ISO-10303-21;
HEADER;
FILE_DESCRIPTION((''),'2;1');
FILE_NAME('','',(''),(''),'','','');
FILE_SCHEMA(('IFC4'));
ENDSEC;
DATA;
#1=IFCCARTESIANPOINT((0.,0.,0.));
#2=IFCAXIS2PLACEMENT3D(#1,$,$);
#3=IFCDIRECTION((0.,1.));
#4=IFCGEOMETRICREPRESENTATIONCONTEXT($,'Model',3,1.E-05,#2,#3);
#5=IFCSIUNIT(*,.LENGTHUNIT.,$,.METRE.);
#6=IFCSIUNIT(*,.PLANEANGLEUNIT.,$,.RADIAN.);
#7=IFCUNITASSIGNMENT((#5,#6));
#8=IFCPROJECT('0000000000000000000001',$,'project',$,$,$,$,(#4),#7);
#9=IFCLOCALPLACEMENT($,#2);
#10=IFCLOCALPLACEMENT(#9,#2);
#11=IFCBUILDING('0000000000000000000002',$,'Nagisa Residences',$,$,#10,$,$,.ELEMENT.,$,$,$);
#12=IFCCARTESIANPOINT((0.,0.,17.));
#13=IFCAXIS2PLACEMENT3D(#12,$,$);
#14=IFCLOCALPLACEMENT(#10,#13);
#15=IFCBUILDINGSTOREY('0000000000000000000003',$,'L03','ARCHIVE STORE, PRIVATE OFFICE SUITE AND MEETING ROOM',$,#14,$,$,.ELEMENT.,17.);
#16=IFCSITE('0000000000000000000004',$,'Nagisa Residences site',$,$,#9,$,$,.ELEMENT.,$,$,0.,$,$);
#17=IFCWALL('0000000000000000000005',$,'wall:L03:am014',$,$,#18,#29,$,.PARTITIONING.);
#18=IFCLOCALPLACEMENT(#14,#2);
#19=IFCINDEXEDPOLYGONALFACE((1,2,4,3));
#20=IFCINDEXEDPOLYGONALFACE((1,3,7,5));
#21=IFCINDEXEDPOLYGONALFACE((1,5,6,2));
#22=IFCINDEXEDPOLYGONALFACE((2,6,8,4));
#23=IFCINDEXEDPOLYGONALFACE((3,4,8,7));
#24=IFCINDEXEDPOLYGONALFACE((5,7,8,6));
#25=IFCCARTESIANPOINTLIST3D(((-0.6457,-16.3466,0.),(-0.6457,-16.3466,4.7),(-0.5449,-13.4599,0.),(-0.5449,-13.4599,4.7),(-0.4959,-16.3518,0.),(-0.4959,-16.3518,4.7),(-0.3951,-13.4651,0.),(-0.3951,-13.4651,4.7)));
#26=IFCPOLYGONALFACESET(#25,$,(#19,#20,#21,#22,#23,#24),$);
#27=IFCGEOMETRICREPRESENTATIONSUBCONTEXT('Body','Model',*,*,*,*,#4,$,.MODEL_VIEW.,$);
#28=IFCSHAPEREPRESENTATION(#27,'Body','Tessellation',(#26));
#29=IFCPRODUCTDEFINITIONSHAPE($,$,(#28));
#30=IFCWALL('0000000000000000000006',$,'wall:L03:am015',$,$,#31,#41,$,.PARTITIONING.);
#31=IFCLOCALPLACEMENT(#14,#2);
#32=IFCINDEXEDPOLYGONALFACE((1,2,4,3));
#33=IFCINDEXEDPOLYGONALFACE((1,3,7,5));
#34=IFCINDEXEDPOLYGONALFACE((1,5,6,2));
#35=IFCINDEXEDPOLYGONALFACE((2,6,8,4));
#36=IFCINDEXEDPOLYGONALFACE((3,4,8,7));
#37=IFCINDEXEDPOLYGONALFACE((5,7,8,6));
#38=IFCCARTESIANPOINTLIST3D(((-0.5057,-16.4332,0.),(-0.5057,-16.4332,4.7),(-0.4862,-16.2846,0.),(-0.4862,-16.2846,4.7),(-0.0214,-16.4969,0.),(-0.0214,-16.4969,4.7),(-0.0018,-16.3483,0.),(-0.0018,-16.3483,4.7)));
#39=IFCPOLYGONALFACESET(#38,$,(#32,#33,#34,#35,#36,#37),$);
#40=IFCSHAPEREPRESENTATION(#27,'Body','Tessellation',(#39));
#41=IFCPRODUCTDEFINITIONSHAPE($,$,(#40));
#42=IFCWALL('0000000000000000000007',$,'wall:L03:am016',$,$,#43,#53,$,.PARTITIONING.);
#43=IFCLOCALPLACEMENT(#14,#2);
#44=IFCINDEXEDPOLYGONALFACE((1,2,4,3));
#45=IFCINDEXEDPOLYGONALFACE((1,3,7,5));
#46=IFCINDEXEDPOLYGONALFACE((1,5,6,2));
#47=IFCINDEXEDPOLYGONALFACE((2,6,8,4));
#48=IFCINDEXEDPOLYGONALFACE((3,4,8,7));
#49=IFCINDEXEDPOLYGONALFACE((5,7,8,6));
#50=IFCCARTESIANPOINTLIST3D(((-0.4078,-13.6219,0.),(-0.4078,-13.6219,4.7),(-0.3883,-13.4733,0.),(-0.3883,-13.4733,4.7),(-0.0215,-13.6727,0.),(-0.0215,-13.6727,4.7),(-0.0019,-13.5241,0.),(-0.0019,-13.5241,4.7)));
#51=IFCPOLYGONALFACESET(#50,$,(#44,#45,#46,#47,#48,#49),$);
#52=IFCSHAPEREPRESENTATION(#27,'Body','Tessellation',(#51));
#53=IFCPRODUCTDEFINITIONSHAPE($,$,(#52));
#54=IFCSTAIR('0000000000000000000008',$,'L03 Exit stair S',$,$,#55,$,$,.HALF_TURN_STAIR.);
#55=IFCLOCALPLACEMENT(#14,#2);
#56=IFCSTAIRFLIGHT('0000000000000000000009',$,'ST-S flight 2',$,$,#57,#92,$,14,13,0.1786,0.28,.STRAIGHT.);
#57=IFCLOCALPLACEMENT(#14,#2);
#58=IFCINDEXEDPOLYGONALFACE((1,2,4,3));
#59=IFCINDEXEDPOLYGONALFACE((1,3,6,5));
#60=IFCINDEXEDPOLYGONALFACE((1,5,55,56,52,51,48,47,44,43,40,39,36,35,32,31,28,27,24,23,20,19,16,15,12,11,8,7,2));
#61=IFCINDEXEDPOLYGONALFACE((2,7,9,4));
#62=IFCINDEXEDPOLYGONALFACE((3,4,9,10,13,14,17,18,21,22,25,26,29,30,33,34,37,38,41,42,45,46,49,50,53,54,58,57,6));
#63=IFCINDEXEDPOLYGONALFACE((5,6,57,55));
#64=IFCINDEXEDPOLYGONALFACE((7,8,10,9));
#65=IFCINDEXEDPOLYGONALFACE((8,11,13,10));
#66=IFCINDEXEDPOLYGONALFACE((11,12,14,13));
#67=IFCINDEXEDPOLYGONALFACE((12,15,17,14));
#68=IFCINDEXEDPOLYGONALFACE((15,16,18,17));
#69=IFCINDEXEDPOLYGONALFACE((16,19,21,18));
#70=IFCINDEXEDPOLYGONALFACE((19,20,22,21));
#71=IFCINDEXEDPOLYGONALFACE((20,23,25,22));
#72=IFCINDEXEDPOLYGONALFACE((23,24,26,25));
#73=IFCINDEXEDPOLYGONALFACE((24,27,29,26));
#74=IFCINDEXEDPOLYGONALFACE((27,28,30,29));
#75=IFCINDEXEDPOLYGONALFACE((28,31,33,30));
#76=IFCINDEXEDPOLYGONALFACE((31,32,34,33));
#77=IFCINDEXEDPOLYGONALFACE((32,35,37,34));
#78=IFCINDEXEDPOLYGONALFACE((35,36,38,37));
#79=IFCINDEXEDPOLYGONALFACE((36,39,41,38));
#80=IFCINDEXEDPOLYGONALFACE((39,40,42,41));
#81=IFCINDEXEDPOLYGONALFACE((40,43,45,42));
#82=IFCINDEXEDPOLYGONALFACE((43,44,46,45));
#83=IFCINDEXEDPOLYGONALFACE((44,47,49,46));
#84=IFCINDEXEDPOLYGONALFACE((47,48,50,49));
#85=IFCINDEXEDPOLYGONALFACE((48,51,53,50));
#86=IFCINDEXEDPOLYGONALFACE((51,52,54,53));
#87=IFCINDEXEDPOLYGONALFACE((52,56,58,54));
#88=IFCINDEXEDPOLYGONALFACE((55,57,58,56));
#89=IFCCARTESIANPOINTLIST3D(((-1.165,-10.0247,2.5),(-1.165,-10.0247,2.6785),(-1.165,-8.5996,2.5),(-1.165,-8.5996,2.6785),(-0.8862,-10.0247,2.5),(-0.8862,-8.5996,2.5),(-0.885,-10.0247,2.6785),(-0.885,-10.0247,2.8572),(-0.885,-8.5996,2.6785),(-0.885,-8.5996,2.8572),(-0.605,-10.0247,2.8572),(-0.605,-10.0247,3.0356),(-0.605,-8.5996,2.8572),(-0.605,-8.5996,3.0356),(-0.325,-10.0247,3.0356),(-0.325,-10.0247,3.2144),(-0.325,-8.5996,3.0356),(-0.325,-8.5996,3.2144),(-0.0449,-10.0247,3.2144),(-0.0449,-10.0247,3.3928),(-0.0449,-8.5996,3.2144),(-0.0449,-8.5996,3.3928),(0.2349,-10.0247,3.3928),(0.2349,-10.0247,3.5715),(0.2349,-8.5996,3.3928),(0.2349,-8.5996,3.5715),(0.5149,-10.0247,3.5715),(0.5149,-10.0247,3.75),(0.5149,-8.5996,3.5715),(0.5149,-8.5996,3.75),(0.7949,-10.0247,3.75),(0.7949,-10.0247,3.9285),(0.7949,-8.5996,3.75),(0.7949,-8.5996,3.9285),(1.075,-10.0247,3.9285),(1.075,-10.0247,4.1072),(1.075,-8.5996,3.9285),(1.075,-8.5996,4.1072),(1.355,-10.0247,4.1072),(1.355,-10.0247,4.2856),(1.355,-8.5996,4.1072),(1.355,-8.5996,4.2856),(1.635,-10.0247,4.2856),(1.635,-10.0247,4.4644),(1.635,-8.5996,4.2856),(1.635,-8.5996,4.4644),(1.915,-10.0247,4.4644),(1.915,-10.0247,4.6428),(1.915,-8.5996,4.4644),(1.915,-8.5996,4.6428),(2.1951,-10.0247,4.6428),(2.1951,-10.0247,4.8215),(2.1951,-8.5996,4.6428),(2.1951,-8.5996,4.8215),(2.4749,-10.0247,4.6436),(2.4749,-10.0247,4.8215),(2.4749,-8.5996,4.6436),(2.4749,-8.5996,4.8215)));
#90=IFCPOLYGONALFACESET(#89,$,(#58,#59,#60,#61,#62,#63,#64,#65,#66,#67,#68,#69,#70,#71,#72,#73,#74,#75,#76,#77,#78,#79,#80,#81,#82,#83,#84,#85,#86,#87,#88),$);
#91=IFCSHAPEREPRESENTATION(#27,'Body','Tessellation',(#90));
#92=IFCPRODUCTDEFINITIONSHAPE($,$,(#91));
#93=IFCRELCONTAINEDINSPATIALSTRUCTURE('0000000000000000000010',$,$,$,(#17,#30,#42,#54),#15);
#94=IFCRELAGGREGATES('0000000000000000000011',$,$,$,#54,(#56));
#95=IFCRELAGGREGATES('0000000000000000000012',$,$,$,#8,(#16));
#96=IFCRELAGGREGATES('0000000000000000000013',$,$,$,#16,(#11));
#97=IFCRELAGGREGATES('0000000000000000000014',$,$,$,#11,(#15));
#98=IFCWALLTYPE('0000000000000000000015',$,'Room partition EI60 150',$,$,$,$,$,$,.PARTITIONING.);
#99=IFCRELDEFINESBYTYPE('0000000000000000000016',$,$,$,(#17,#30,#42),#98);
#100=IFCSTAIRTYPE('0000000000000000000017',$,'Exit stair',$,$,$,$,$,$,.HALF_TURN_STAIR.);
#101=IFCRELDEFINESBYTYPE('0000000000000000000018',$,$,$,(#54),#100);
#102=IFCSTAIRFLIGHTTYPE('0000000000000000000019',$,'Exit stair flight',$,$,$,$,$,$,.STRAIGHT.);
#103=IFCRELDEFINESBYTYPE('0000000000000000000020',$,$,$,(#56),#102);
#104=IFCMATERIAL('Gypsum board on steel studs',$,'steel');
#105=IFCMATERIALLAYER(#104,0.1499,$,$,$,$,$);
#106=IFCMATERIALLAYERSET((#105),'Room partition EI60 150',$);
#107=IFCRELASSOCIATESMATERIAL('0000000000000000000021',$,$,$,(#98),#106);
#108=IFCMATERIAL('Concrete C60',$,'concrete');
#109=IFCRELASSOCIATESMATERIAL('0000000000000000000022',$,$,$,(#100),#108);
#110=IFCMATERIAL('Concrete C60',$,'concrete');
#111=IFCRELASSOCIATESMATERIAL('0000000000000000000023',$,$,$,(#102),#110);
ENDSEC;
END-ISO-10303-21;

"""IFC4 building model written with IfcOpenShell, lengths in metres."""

from ifc_helpers import new_model, si_unit, direction, frame, frame_2d, origin, place, context, subcontext, project, spatial, polyline, rectangle, outline, extrude, material, layer, layer_set, type_object, element, aggregate, save


model = new_model("IFC4")

# Units and contexts
model_context = context("Model", 3, precision=1e-05, world=origin(), true_north=direction((0.0, 1.0)))
body_context = subcontext(model_context, "Body", "Model", "MODEL_VIEW")
ifc_project = project(units=[si_unit("LENGTHUNIT", "METRE"), si_unit("PLANEANGLEUNIT", "RADIAN")], contexts=[model_context])

# Site, building, storey
site_placement = place(None, origin())
site = spatial("IfcSite", under=ifc_project, at=site_placement, Name="Nagisa Residences site", CompositionType="ELEMENT", RefElevation=0.0)
building_placement = place(site_placement, origin())
building = spatial("IfcBuilding", under=site, at=building_placement, Name="Nagisa Residences", CompositionType="ELEMENT")
storey_placement = place(building_placement, frame((0.0, 0.0, 17.0)))
storey = spatial("IfcBuildingStorey", under=building, at=storey_placement, Name="L03", Description="ARCHIVE STORE, PRIVATE OFFICE SUITE AND MEETING ROOM", CompositionType="ELEMENT", Elevation=17.0)

# Walls
ifc_material_1 = material(Name="Gypsum board on steel studs", Category="steel")
ifc_layer_1 = layer(ifc_material_1, 0.1499)
ifc_layer_set_1 = layer_set([ifc_layer_1], Name="Room partition EI60 150")
wall_type_1 = type_object("IfcWallType", Name="Room partition EI60 150", PredefinedType="PARTITIONING", material=ifc_layer_set_1)
wall_1_placement = place(storey_placement, frame((-0.47, -13.4624, 0.0), z_axis=(0.0, 0.0, 1.0), x_axis=(-0.034908, -0.999391, 0.0)))
element("IfcWall", 1, at=wall_1_placement, inside=storey, type_object=wall_type_1, Name="wall:L03:am014", PredefinedType="PARTITIONING", context=body_context, shape_type="SweptSolid", body=[
    extrude(rectangle(XDim=2.8884, YDim=0.1499, at=frame_2d((1.4443, 0.0))), origin(), (0.0, 0.0, 1.0), 4.7),
])
wall_2_placement = place(storey_placement, frame((-0.0117, -16.4226, 0.0), z_axis=(0.0, 0.0, 1.0), x_axis=(-0.991458, 0.130429, 0.0)))
element("IfcWall", 2, at=wall_2_placement, inside=storey, type_object=wall_type_1, Name="wall:L03:am015", PredefinedType="PARTITIONING", context=body_context, shape_type="SweptSolid", body=[
    extrude(rectangle(XDim=0.4885, YDim=0.1499, at=frame_2d((0.2441, 0.0))), origin(), (0.0, 0.0, 1.0), 4.7),
])
wall_3_placement = place(storey_placement, frame((-0.0117, -13.5984, 0.0), z_axis=(0.0, 0.0, 1.0), x_axis=(-0.991467, 0.130357, 0.0)))
element("IfcWall", 3, at=wall_3_placement, inside=storey, type_object=wall_type_1, Name="wall:L03:am016", PredefinedType="PARTITIONING", context=body_context, shape_type="SweptSolid", body=[
    extrude(rectangle(XDim=0.3896, YDim=0.1499, at=frame_2d((0.1948, 0.0))), origin(), (0.0, 0.0, 1.0), 4.7),
])

# Stair, stair flight
ifc_material_2 = material(Name="Concrete C60", Category="concrete")
stair_type = type_object("IfcStairType", Name="Exit stair", PredefinedType="HALF_TURN_STAIR", material=ifc_material_2)
stair_placement = place(storey_placement, origin())
stair = element("IfcStair", 4, at=stair_placement, inside=storey, type_object=stair_type, Name="L03 Exit stair S", PredefinedType="HALF_TURN_STAIR")
ifc_material_3 = material(Name="Concrete C60", Category="concrete")
stair_flight_type = type_object("IfcStairFlightType", Name="Exit stair flight", PredefinedType="STRAIGHT", material=ifc_material_3)
stair_flight_placement = place(storey_placement, frame((-1.165, -9.312, 2.5), z_axis=(0.0, 0.0, 1.0), x_axis=(1.0, 0.0, 0.0)))
stair_flight = element("IfcStairFlight", 5, at=stair_flight_placement, type_object=stair_flight_type, Name="ST-S flight 2", NumberOfRisers=14, NumberOfTreads=13, PredefinedType="STRAIGHT", RiserHeight=0.1786, TreadLength=0.28, context=body_context, shape_type="SweptSolid", body=[
    extrude(outline(polyline([(0.0, 0.0), (0.0, 0.1785), (0.28, 0.1785), (0.28, 0.3572), (0.5601, 0.3572), (0.5601, 0.5356), (0.8401, 0.5356), (0.8401, 0.7144), (1.1201, 0.7144), (1.1201, 0.8928), (1.3999, 0.8928), (1.3999, 1.0715), (1.6799, 1.0715), (1.6799, 1.25), (1.96, 1.25), (1.96, 1.4285), (2.24, 1.4285), (2.24, 1.6072), (2.52, 1.6072), (2.52, 1.7856), (2.8, 1.7856), (2.8, 1.9644), (3.0801, 1.9644), (3.0801, 2.1428), (3.3601, 2.1428), (3.3601, 2.3215), (3.6399, 2.3215), (3.6399, 2.5), (3.6399, 2.1436), (0.2788, 0.0), (0.0, 0.0)])), frame((0.0, 0.7124, 0.0), z_axis=(0.0, -1.0, 0.0), x_axis=(1.0, 0.0, 0.0)), (0.0, 0.0, 1.0), 1.425),
])
aggregate(stair, [stair_flight])

save(model, "model.ifc")
